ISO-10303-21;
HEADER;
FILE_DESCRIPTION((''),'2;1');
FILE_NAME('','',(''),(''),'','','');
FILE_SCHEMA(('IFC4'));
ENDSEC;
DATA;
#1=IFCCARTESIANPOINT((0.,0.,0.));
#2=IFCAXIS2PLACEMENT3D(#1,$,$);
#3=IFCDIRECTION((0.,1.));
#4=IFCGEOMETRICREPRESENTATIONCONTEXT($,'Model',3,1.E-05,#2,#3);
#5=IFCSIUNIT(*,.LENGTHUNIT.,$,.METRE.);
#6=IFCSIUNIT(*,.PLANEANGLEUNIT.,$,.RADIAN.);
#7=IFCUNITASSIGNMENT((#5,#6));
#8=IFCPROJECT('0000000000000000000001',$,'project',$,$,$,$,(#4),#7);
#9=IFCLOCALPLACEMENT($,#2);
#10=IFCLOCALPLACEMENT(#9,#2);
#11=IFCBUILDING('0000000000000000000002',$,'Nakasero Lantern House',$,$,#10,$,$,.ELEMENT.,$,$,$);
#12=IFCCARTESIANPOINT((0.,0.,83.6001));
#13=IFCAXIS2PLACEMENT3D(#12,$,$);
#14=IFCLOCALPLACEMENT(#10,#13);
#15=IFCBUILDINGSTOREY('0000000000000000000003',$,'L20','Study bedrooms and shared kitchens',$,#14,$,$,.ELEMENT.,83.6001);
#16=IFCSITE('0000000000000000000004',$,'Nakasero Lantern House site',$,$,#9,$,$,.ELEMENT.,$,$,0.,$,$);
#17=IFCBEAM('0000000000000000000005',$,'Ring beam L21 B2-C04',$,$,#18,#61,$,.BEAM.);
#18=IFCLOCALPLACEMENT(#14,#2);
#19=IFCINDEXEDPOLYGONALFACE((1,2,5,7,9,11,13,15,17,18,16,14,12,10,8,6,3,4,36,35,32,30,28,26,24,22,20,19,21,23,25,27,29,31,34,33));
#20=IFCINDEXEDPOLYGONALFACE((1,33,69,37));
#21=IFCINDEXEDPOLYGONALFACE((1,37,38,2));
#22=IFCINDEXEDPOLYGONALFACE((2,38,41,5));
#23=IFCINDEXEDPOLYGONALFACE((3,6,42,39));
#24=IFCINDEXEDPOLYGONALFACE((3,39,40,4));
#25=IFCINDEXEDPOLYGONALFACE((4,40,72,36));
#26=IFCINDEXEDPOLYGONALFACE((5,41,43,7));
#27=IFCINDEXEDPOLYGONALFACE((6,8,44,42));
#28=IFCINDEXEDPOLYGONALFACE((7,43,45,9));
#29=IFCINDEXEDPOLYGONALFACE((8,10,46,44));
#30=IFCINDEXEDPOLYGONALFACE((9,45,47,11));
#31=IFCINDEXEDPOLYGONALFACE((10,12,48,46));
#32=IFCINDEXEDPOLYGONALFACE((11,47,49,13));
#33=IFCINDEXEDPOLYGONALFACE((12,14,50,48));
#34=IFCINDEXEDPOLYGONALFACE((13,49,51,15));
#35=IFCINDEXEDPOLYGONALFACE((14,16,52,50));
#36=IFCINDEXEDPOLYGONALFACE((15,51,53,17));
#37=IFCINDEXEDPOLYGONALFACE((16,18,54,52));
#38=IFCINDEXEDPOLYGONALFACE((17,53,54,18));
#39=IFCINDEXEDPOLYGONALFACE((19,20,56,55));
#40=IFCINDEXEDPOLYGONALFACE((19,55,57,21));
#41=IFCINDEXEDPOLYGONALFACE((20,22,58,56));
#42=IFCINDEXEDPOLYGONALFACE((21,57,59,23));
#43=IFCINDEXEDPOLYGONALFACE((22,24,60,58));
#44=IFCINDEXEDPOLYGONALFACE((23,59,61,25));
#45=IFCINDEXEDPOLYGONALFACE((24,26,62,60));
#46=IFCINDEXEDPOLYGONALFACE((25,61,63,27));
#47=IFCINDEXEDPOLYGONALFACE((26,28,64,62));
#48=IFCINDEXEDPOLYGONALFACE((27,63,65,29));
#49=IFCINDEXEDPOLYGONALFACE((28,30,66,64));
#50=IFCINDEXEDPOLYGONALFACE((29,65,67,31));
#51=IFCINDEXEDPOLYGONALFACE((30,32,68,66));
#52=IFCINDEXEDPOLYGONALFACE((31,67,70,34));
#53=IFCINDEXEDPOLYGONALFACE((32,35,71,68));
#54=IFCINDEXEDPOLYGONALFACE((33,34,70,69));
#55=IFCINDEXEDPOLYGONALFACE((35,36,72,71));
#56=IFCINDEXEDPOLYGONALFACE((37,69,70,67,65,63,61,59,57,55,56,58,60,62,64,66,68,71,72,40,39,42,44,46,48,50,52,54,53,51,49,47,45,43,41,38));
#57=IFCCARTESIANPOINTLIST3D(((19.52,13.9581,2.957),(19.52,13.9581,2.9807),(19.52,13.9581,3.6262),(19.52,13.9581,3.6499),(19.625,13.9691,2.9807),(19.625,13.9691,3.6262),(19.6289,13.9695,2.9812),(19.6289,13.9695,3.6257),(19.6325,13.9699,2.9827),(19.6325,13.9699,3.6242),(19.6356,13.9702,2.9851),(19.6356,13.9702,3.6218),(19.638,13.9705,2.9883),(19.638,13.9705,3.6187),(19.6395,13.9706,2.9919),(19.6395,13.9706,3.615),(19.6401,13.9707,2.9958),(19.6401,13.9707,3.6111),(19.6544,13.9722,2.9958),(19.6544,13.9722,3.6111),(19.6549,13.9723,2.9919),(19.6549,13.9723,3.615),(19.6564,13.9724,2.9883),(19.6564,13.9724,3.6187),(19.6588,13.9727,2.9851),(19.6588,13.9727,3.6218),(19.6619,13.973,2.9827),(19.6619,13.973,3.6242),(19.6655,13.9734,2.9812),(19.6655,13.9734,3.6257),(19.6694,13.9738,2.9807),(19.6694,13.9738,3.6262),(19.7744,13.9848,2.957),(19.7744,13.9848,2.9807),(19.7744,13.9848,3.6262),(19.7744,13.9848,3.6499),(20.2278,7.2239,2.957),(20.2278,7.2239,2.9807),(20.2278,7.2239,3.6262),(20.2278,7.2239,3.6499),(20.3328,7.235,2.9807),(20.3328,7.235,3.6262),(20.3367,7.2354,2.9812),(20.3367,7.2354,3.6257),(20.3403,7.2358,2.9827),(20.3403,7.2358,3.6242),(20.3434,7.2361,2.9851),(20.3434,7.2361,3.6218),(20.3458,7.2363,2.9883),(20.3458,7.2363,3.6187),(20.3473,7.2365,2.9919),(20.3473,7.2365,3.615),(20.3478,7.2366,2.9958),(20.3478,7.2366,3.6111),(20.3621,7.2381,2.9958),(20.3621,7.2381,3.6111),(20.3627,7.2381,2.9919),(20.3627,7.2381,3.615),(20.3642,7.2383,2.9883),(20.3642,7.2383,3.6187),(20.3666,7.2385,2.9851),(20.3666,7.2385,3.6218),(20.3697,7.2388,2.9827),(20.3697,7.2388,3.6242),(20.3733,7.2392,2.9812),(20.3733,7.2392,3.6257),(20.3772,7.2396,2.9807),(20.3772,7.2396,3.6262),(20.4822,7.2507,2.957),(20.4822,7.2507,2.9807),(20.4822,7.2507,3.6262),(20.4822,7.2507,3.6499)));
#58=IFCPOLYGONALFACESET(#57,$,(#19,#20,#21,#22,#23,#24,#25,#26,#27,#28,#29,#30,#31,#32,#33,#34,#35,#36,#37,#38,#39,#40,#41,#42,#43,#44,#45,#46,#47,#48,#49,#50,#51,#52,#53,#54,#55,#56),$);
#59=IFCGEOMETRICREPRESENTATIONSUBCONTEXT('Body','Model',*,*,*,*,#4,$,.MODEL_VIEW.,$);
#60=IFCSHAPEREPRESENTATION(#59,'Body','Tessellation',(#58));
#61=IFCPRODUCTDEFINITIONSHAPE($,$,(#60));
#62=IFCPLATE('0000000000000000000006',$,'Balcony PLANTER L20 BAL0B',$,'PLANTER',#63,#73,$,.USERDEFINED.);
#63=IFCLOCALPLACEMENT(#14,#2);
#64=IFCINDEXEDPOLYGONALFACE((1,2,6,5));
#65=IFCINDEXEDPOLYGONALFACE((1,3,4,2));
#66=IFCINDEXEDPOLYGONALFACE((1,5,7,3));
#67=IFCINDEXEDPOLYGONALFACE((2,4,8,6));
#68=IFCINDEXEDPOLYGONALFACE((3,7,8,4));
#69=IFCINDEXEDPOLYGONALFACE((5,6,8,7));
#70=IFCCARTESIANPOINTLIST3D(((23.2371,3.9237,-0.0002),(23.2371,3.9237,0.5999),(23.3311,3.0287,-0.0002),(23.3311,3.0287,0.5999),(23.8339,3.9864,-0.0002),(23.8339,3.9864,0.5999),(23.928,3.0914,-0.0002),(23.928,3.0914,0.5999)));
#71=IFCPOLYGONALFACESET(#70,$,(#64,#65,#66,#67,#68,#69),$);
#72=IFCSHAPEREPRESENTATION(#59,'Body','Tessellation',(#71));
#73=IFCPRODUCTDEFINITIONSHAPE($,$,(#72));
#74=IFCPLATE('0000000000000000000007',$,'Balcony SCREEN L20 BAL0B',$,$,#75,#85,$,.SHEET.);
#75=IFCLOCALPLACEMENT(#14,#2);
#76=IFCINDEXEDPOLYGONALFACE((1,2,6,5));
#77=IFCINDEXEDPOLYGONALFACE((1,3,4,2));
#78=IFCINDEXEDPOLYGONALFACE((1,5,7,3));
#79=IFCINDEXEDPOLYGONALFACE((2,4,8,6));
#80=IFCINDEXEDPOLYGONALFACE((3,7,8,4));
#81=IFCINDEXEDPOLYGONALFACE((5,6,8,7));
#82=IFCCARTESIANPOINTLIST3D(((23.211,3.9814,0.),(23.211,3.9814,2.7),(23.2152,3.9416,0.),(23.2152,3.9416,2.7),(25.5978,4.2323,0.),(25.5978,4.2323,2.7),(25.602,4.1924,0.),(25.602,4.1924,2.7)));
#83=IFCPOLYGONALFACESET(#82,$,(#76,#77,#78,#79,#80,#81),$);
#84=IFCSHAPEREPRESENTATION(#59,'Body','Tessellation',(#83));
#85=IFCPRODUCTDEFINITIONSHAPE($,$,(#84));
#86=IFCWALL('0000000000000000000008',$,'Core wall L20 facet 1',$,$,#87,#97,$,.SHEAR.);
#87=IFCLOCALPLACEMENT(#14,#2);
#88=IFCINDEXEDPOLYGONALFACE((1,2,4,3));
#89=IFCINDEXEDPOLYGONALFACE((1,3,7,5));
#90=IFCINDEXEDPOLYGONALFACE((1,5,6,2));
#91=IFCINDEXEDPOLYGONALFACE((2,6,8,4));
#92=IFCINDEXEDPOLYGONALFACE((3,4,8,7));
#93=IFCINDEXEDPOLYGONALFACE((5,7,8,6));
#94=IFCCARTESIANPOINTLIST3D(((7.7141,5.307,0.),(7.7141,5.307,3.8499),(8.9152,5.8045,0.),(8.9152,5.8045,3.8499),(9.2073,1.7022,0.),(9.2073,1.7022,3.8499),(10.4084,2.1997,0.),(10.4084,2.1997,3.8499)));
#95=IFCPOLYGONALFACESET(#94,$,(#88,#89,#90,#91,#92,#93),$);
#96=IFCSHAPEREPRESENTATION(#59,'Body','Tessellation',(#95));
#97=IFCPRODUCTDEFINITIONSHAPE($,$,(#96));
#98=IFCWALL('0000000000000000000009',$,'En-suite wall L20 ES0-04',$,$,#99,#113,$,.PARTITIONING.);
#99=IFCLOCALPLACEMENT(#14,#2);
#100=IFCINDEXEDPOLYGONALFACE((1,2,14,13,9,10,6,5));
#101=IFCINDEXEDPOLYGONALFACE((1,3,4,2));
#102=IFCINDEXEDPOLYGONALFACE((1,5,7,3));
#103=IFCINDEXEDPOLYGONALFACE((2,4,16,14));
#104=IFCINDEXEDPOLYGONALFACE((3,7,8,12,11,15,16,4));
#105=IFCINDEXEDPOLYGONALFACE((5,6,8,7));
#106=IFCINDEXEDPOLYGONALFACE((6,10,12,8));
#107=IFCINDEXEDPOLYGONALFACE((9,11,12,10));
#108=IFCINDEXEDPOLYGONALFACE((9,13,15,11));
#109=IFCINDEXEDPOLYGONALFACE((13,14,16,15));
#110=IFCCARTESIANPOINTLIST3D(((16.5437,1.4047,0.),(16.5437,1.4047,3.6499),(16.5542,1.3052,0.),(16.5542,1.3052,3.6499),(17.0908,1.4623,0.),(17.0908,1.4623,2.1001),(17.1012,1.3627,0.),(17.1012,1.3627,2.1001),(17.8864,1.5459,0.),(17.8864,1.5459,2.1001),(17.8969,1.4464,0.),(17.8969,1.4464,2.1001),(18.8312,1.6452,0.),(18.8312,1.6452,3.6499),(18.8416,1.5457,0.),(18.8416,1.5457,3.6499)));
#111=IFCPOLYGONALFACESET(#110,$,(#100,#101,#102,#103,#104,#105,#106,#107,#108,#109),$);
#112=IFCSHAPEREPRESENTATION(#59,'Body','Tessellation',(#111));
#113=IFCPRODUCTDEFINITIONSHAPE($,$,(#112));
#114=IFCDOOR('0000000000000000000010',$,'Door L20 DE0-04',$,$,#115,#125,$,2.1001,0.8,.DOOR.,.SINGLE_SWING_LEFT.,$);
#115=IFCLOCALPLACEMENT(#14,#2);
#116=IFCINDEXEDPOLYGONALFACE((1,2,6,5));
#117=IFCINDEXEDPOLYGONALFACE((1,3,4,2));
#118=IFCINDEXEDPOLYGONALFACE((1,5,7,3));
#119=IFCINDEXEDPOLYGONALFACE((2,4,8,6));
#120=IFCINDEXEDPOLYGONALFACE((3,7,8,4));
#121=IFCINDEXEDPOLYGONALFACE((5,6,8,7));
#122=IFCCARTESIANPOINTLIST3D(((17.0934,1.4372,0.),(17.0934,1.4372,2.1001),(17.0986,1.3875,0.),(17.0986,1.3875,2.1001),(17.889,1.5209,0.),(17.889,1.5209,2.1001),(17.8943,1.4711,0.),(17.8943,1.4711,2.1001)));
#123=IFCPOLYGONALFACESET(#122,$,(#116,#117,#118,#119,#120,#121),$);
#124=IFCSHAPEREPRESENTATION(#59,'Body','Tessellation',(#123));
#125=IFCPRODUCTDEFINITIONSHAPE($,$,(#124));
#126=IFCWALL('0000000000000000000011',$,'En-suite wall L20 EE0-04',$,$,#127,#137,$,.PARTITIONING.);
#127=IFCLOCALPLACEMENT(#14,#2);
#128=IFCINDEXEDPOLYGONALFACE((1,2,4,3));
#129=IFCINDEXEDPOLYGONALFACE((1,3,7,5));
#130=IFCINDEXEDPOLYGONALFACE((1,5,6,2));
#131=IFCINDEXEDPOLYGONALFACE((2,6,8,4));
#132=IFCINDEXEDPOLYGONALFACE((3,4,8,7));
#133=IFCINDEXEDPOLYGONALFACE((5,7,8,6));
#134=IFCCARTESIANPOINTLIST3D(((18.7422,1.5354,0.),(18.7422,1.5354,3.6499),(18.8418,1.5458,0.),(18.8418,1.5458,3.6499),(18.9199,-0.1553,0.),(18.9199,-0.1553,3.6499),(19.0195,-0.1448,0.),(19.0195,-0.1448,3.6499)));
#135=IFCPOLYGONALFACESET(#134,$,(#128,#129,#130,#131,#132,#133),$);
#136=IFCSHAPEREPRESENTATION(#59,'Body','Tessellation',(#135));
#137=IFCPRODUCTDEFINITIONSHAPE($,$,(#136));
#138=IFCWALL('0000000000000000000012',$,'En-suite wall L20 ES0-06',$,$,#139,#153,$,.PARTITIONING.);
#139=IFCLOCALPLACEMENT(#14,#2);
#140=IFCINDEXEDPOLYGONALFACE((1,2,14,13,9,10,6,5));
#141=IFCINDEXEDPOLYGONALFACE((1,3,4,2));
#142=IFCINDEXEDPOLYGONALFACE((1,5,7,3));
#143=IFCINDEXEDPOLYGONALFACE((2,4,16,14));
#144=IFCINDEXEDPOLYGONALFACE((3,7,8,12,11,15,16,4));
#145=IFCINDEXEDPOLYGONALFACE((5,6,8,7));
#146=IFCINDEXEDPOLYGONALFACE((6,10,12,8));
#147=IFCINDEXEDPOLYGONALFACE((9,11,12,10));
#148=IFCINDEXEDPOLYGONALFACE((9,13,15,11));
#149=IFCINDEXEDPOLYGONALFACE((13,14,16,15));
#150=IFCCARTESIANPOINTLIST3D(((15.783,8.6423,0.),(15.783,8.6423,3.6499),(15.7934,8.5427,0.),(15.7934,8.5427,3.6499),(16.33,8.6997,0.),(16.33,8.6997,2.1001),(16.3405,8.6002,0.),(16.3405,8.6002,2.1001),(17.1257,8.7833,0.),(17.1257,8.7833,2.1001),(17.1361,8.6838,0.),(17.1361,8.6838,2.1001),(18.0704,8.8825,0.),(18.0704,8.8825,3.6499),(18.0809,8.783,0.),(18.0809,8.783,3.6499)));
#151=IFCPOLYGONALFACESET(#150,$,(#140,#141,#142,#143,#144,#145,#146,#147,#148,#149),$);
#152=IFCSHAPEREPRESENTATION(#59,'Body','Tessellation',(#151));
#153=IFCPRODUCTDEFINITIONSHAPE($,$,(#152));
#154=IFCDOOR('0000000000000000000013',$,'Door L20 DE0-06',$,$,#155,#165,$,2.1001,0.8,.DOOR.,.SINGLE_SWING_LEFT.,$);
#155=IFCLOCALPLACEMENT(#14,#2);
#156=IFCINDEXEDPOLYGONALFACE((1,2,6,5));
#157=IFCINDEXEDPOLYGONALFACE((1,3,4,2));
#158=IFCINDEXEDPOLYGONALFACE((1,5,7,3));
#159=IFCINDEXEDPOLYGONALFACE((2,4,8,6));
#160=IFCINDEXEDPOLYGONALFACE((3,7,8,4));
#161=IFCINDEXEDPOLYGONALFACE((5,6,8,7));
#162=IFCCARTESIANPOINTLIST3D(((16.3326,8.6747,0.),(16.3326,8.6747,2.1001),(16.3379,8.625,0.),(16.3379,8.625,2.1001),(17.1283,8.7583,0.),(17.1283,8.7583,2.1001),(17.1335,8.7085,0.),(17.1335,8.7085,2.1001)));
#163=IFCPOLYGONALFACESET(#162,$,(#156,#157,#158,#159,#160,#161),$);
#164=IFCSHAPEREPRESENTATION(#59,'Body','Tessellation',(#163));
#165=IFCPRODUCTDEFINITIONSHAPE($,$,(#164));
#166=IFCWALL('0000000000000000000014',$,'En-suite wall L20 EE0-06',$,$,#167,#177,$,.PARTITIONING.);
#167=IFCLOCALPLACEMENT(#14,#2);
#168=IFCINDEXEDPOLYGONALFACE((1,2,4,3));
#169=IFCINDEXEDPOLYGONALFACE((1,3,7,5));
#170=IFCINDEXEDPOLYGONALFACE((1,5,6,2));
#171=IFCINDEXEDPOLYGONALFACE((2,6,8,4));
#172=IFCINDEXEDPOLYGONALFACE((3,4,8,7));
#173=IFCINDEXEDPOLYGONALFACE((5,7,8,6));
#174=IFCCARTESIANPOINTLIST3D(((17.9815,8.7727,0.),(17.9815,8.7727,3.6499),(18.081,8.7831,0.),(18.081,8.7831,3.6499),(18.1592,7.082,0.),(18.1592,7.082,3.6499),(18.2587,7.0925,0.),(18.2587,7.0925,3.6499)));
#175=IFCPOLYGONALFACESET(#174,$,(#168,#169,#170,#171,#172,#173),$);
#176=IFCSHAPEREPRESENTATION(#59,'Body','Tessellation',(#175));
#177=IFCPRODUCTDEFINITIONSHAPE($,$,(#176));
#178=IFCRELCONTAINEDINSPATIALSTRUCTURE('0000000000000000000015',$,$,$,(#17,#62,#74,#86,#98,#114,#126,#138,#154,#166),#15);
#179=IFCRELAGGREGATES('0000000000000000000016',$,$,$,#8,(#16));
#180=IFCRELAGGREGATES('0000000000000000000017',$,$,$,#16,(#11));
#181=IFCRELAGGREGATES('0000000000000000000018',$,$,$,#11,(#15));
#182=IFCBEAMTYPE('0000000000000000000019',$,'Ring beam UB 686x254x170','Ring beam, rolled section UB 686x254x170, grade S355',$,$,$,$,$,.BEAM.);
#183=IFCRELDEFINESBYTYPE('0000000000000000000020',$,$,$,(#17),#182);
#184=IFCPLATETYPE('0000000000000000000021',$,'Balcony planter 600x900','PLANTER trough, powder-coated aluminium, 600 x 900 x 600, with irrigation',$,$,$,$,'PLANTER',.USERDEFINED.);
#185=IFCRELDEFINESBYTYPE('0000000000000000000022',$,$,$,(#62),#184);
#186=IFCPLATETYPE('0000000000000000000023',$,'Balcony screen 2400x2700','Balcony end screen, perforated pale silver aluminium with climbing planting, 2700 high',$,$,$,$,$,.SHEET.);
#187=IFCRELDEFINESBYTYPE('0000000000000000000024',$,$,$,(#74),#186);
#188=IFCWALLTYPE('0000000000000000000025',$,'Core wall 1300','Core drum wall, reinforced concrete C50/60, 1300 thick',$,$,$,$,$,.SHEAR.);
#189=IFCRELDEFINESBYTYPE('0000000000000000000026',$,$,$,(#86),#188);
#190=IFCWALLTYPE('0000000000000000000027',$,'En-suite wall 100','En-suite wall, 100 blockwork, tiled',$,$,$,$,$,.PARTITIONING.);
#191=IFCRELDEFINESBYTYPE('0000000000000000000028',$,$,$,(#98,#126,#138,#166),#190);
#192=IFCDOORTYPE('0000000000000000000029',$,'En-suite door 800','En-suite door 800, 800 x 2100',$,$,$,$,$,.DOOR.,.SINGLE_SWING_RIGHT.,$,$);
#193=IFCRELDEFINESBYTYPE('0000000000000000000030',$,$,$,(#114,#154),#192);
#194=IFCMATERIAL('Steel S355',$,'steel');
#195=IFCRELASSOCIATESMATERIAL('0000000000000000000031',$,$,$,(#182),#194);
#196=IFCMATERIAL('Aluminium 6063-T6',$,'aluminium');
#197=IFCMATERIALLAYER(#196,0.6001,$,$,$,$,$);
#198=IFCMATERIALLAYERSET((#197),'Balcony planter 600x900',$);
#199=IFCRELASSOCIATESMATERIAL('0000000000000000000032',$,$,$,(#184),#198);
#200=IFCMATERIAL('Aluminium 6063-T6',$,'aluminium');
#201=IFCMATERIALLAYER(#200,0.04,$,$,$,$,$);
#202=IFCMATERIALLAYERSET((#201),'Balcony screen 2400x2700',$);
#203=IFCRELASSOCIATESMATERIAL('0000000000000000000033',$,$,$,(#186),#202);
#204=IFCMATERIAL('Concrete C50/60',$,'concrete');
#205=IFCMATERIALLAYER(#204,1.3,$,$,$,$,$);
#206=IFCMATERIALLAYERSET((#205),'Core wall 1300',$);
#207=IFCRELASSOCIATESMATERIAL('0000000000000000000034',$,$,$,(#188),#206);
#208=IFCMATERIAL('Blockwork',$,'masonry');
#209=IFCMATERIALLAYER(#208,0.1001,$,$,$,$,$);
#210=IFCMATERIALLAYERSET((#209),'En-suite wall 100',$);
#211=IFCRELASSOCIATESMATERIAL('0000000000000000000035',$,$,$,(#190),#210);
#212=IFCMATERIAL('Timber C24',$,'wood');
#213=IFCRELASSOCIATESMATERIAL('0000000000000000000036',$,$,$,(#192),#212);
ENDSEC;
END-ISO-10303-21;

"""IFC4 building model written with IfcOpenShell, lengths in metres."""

from ifc_helpers import new_model, si_unit, direction, frame, frame_2d, origin, origin_2d, place, context, subcontext, project, spatial, rectangle, i_section, extrude, material, layer, layer_set, material_profile, profile_set, type_object, element, fill, save


model = new_model("IFC4")

# Units and contexts
model_context = context("Model", 3, precision=1e-05, world=origin(), true_north=direction((0.0, 1.0)))
body_context = subcontext(model_context, "Body", "Model", "MODEL_VIEW")
ifc_project = project(units=[si_unit("LENGTHUNIT", "METRE"), si_unit("PLANEANGLEUNIT", "RADIAN")], contexts=[model_context])

# Site, building, storey
site_placement = place(None, origin())
site = spatial("IfcSite", under=ifc_project, at=site_placement, Name="Nakasero Lantern House site", CompositionType="ELEMENT", RefElevation=0.0)
building_placement = place(site_placement, origin())
building = spatial("IfcBuilding", under=site, at=building_placement, Name="Nakasero Lantern House", CompositionType="ELEMENT")
storey_placement = place(building_placement, frame((0.0, 0.0, 83.6001)))
storey = spatial("IfcBuildingStorey", under=building, at=storey_placement, Name="L20", Description="Study bedrooms and shared kitchens", CompositionType="ELEMENT", Elevation=83.6001)

# Beam
ifc_material_1 = material(Name="Steel S355", Category="steel")
ifc_material_profile_1 = material_profile(ifc_material_1, i_section(OverallWidth=0.2559, OverallDepth=0.6929, WebThickness=0.0144, FlangeThickness=0.0237, FilletRadius=0.0151, at=origin_2d()), Name="UB 686x254x170")
ifc_profile_set_1 = profile_set([ifc_material_profile_1], Name="Steel S355")
beam_type_1 = type_object("IfcBeamType", Name="Ring beam UB 686x254x170", Description="Ring beam, rolled section UB 686x254x170, grade S355", PredefinedType="BEAM", material=ifc_profile_set_1)
beam_1_placement = place(storey_placement, frame((20.355, 7.2373, 3.3035), z_axis=(-0.104525, 0.994522, 0.0), x_axis=(-0.994522, -0.104525, 0.0)))
element("IfcBeam", 1, at=beam_1_placement, inside=storey, type_object=beam_type_1, Name="Ring beam L21 B2-C04", PredefinedType="BEAM", context=body_context, shape_type="SweptSolid", body=[
    extrude(i_section(OverallWidth=0.2559, OverallDepth=0.6929, WebThickness=0.0144, FlangeThickness=0.0237, FilletRadius=0.0151, at=origin_2d()), origin(), (0.0, 0.0, 1.0), 6.7712),
])

# Plates
ifc_material_2 = material(Name="Aluminium 6063-T6", Category="aluminium")
ifc_layer_1 = layer(ifc_material_2, 0.6001)
ifc_layer_set_1 = layer_set([ifc_layer_1], Name="Balcony planter 600x900")
plate_type_1 = type_object("IfcPlateType", Name="Balcony planter 600x900", Description="PLANTER trough, powder-coated aluminium, 600 x 900 x 600, with irrigation", ElementType="PLANTER", PredefinedType="USERDEFINED", material=ifc_layer_set_1)
plate_1_placement = place(storey_placement, frame((23.5825, 3.5076, -0.0002), z_axis=(0.0, 0.0, 1.0), x_axis=(0.994522, 0.104528, 0.0)))
element("IfcPlate", 2, at=plate_1_placement, inside=storey, type_object=plate_type_1, Name="Balcony PLANTER L20 BAL0B", ObjectType="PLANTER", PredefinedType="USERDEFINED", context=body_context, shape_type="SweptSolid", body=[
    extrude(rectangle(XDim=0.6001, YDim=0.8999, at=origin_2d()), origin(), (0.0, 0.0, 1.0), 0.6001),
])
ifc_material_3 = material(Name="Aluminium 6063-T6", Category="aluminium")
ifc_layer_2 = layer(ifc_material_3, 0.04)
ifc_layer_set_2 = layer_set([ifc_layer_2], Name="Balcony screen 2400x2700")
plate_type_2 = type_object("IfcPlateType", Name="Balcony screen 2400x2700", Description="Balcony end screen, perforated pale silver aluminium with climbing planting, 2700 high", PredefinedType="SHEET", material=ifc_layer_set_2)
plate_2_placement = place(storey_placement, frame((24.4065, 4.0869, 0.0), z_axis=(0.0, 0.0, 1.0), x_axis=(0.994522, 0.104528, 0.0)))
element("IfcPlate", 3, at=plate_2_placement, inside=storey, type_object=plate_type_2, Name="Balcony SCREEN L20 BAL0B", PredefinedType="SHEET", context=body_context, shape_type="SweptSolid", body=[
    extrude(rectangle(XDim=2.3999, YDim=0.04, at=origin_2d()), origin(), (0.0, 0.0, 1.0), 2.7),
])

# Wall
ifc_material_4 = material(Name="Concrete C50/60", Category="concrete")
ifc_layer_3 = layer(ifc_material_4, 1.3)
ifc_layer_set_3 = layer_set([ifc_layer_3], Name="Core wall 1300")
wall_type_1 = type_object("IfcWallType", Name="Core wall 1300", Description="Core drum wall, reinforced concrete C50/60, 1300 thick", PredefinedType="SHEAR", material=ifc_layer_set_3)
wall_1_placement = place(storey_placement, frame((9.8079, 1.9509, 0.0), z_axis=(0.0, 0.0, 1.0), x_axis=(-0.382691, 0.923877, 0.0)))
element("IfcWall", 4, at=wall_1_placement, inside=storey, type_object=wall_type_1, Name="Core wall L20 facet 1", PredefinedType="SHEAR", context=body_context, shape_type="SweptSolid", body=[
    extrude(rectangle(XDim=3.9019, YDim=1.3, at=frame_2d((1.9509, 0.0))), origin(), (0.0, 0.0, 1.0), 3.8499),
])

# Wall, opening, door
ifc_material_5 = material(Name="Blockwork", Category="masonry")
ifc_layer_4 = layer(ifc_material_5, 0.1001)
ifc_layer_set_4 = layer_set([ifc_layer_4], Name="En-suite wall 100")
wall_type_2 = type_object("IfcWallType", Name="En-suite wall 100", Description="En-suite wall, 100 blockwork, tiled", PredefinedType="PARTITIONING", material=ifc_layer_set_4)
wall_2_placement = place(storey_placement, frame((16.5491, 1.355, 0.0), z_axis=(0.0, 0.0, 1.0), x_axis=(0.994519, 0.104558, 0.0)))
wall_2 = element("IfcWall", 5, at=wall_2_placement, inside=storey, type_object=wall_type_2, Name="En-suite wall L20 ES0-04", PredefinedType="PARTITIONING", context=body_context, shape_type="SweptSolid", body=[
    extrude(rectangle(XDim=2.3, YDim=0.1001, at=frame_2d((1.1499, 0.0))), origin(), (0.0, 0.0, 1.0), 3.6499),
])
opening_1_placement = place(wall_2_placement, frame((0.55, 0.0, 0.0)))
opening_1 = element("IfcOpeningElement", 6, at=opening_1_placement, cuts=wall_2, PredefinedType="OPENING", context=body_context, shape_type="SweptSolid", body=[
    extrude(rectangle(XDim=0.8, YDim=2.1001, at=frame_2d((0.3999, 1.05))), frame((0.0, 0.0701, 0.0), z_axis=(0.0, -1.0, 0.0), x_axis=(1.0, 0.0, 0.0)), (0.0, 0.0, 1.0), 0.1401),
])
ifc_material_6 = material(Name="Timber C24", Category="wood")
door_type_1 = type_object("IfcDoorType", Name="En-suite door 800", Description="En-suite door 800, 800 x 2100", OperationType="SINGLE_SWING_RIGHT", PredefinedType="DOOR", material=ifc_material_6)
door_1_placement = place(opening_1_placement, origin())
door_1 = element("IfcDoor", 7, at=door_1_placement, inside=storey, type_object=door_type_1, Name="Door L20 DE0-04", OperationType="SINGLE_SWING_LEFT", OverallHeight=2.1001, OverallWidth=0.8, PredefinedType="DOOR", context=body_context, shape_type="SweptSolid", body=[
    extrude(rectangle(XDim=0.8, YDim=2.1001, at=frame_2d((0.3999, 1.05))), frame((0.0, 0.0249, 0.0), z_axis=(0.0, -1.0, 0.0), x_axis=(1.0, 0.0, 0.0)), (0.0, 0.0, 1.0), 0.05),
])
fill(opening_1, door_1)

# Wall
wall_3_placement = place(storey_placement, frame((18.9697, -0.1501, 0.0), z_axis=(0.0, 0.0, 1.0), x_axis=(-0.10455, 0.99452, 0.0)))
element("IfcWall", 8, at=wall_3_placement, inside=storey, type_object=wall_type_2, Name="En-suite wall L20 EE0-04", PredefinedType="PARTITIONING", context=body_context, shape_type="SweptSolid", body=[
    extrude(rectangle(XDim=1.7, YDim=0.1001, at=frame_2d((0.8501, 0.0))), origin(), (0.0, 0.0, 1.0), 3.6499),
])

# Wall, opening, door
wall_4_placement = place(storey_placement, frame((15.7883, 8.5925, 0.0), z_axis=(0.0, 0.0, 1.0), x_axis=(0.99453, 0.104453, 0.0)))
wall_4 = element("IfcWall", 9, at=wall_4_placement, inside=storey, type_object=wall_type_2, Name="En-suite wall L20 ES0-06", PredefinedType="PARTITIONING", context=body_context, shape_type="SweptSolid", body=[
    extrude(rectangle(XDim=2.3, YDim=0.1001, at=frame_2d((1.1499, 0.0))), origin(), (0.0, 0.0, 1.0), 3.6499),
])
opening_2_placement = place(wall_4_placement, frame((0.55, 0.0, 0.0)))
opening_2 = element("IfcOpeningElement", 10, at=opening_2_placement, cuts=wall_4, PredefinedType="OPENING", context=body_context, shape_type="SweptSolid", body=[
    extrude(rectangle(XDim=0.8, YDim=2.1001, at=frame_2d((0.3999, 1.05))), frame((0.0, 0.0701, 0.0), z_axis=(0.0, -1.0, 0.0), x_axis=(1.0, 0.0, 0.0)), (0.0, 0.0, 1.0), 0.1401),
])
door_2_placement = place(opening_2_placement, origin())
door_2 = element("IfcDoor", 11, at=door_2_placement, inside=storey, type_object=door_type_1, Name="Door L20 DE0-06", OperationType="SINGLE_SWING_LEFT", OverallHeight=2.1001, OverallWidth=0.8, PredefinedType="DOOR", context=body_context, shape_type="SweptSolid", body=[
    extrude(rectangle(XDim=0.8, YDim=2.1001, at=frame_2d((0.3999, 1.05))), frame((0.0, 0.0249, 0.0), z_axis=(0.0, -1.0, 0.0), x_axis=(1.0, 0.0, 0.0)), (0.0, 0.0, 1.0), 0.05),
])
fill(opening_2, door_2)

# Wall
wall_5_placement = place(storey_placement, frame((18.209, 7.0872, 0.0), z_axis=(0.0, 0.0, 1.0), x_axis=(-0.10455, 0.99452, 0.0)))
element("IfcWall", 12, at=wall_5_placement, inside=storey, type_object=wall_type_2, Name="En-suite wall L20 EE0-06", PredefinedType="PARTITIONING", context=body_context, shape_type="SweptSolid", body=[
    extrude(rectangle(XDim=1.7, YDim=0.1001, at=frame_2d((0.8501, 0.0))), origin(), (0.0, 0.0, 1.0), 3.6499),
])

save(model, "model.ifc")
